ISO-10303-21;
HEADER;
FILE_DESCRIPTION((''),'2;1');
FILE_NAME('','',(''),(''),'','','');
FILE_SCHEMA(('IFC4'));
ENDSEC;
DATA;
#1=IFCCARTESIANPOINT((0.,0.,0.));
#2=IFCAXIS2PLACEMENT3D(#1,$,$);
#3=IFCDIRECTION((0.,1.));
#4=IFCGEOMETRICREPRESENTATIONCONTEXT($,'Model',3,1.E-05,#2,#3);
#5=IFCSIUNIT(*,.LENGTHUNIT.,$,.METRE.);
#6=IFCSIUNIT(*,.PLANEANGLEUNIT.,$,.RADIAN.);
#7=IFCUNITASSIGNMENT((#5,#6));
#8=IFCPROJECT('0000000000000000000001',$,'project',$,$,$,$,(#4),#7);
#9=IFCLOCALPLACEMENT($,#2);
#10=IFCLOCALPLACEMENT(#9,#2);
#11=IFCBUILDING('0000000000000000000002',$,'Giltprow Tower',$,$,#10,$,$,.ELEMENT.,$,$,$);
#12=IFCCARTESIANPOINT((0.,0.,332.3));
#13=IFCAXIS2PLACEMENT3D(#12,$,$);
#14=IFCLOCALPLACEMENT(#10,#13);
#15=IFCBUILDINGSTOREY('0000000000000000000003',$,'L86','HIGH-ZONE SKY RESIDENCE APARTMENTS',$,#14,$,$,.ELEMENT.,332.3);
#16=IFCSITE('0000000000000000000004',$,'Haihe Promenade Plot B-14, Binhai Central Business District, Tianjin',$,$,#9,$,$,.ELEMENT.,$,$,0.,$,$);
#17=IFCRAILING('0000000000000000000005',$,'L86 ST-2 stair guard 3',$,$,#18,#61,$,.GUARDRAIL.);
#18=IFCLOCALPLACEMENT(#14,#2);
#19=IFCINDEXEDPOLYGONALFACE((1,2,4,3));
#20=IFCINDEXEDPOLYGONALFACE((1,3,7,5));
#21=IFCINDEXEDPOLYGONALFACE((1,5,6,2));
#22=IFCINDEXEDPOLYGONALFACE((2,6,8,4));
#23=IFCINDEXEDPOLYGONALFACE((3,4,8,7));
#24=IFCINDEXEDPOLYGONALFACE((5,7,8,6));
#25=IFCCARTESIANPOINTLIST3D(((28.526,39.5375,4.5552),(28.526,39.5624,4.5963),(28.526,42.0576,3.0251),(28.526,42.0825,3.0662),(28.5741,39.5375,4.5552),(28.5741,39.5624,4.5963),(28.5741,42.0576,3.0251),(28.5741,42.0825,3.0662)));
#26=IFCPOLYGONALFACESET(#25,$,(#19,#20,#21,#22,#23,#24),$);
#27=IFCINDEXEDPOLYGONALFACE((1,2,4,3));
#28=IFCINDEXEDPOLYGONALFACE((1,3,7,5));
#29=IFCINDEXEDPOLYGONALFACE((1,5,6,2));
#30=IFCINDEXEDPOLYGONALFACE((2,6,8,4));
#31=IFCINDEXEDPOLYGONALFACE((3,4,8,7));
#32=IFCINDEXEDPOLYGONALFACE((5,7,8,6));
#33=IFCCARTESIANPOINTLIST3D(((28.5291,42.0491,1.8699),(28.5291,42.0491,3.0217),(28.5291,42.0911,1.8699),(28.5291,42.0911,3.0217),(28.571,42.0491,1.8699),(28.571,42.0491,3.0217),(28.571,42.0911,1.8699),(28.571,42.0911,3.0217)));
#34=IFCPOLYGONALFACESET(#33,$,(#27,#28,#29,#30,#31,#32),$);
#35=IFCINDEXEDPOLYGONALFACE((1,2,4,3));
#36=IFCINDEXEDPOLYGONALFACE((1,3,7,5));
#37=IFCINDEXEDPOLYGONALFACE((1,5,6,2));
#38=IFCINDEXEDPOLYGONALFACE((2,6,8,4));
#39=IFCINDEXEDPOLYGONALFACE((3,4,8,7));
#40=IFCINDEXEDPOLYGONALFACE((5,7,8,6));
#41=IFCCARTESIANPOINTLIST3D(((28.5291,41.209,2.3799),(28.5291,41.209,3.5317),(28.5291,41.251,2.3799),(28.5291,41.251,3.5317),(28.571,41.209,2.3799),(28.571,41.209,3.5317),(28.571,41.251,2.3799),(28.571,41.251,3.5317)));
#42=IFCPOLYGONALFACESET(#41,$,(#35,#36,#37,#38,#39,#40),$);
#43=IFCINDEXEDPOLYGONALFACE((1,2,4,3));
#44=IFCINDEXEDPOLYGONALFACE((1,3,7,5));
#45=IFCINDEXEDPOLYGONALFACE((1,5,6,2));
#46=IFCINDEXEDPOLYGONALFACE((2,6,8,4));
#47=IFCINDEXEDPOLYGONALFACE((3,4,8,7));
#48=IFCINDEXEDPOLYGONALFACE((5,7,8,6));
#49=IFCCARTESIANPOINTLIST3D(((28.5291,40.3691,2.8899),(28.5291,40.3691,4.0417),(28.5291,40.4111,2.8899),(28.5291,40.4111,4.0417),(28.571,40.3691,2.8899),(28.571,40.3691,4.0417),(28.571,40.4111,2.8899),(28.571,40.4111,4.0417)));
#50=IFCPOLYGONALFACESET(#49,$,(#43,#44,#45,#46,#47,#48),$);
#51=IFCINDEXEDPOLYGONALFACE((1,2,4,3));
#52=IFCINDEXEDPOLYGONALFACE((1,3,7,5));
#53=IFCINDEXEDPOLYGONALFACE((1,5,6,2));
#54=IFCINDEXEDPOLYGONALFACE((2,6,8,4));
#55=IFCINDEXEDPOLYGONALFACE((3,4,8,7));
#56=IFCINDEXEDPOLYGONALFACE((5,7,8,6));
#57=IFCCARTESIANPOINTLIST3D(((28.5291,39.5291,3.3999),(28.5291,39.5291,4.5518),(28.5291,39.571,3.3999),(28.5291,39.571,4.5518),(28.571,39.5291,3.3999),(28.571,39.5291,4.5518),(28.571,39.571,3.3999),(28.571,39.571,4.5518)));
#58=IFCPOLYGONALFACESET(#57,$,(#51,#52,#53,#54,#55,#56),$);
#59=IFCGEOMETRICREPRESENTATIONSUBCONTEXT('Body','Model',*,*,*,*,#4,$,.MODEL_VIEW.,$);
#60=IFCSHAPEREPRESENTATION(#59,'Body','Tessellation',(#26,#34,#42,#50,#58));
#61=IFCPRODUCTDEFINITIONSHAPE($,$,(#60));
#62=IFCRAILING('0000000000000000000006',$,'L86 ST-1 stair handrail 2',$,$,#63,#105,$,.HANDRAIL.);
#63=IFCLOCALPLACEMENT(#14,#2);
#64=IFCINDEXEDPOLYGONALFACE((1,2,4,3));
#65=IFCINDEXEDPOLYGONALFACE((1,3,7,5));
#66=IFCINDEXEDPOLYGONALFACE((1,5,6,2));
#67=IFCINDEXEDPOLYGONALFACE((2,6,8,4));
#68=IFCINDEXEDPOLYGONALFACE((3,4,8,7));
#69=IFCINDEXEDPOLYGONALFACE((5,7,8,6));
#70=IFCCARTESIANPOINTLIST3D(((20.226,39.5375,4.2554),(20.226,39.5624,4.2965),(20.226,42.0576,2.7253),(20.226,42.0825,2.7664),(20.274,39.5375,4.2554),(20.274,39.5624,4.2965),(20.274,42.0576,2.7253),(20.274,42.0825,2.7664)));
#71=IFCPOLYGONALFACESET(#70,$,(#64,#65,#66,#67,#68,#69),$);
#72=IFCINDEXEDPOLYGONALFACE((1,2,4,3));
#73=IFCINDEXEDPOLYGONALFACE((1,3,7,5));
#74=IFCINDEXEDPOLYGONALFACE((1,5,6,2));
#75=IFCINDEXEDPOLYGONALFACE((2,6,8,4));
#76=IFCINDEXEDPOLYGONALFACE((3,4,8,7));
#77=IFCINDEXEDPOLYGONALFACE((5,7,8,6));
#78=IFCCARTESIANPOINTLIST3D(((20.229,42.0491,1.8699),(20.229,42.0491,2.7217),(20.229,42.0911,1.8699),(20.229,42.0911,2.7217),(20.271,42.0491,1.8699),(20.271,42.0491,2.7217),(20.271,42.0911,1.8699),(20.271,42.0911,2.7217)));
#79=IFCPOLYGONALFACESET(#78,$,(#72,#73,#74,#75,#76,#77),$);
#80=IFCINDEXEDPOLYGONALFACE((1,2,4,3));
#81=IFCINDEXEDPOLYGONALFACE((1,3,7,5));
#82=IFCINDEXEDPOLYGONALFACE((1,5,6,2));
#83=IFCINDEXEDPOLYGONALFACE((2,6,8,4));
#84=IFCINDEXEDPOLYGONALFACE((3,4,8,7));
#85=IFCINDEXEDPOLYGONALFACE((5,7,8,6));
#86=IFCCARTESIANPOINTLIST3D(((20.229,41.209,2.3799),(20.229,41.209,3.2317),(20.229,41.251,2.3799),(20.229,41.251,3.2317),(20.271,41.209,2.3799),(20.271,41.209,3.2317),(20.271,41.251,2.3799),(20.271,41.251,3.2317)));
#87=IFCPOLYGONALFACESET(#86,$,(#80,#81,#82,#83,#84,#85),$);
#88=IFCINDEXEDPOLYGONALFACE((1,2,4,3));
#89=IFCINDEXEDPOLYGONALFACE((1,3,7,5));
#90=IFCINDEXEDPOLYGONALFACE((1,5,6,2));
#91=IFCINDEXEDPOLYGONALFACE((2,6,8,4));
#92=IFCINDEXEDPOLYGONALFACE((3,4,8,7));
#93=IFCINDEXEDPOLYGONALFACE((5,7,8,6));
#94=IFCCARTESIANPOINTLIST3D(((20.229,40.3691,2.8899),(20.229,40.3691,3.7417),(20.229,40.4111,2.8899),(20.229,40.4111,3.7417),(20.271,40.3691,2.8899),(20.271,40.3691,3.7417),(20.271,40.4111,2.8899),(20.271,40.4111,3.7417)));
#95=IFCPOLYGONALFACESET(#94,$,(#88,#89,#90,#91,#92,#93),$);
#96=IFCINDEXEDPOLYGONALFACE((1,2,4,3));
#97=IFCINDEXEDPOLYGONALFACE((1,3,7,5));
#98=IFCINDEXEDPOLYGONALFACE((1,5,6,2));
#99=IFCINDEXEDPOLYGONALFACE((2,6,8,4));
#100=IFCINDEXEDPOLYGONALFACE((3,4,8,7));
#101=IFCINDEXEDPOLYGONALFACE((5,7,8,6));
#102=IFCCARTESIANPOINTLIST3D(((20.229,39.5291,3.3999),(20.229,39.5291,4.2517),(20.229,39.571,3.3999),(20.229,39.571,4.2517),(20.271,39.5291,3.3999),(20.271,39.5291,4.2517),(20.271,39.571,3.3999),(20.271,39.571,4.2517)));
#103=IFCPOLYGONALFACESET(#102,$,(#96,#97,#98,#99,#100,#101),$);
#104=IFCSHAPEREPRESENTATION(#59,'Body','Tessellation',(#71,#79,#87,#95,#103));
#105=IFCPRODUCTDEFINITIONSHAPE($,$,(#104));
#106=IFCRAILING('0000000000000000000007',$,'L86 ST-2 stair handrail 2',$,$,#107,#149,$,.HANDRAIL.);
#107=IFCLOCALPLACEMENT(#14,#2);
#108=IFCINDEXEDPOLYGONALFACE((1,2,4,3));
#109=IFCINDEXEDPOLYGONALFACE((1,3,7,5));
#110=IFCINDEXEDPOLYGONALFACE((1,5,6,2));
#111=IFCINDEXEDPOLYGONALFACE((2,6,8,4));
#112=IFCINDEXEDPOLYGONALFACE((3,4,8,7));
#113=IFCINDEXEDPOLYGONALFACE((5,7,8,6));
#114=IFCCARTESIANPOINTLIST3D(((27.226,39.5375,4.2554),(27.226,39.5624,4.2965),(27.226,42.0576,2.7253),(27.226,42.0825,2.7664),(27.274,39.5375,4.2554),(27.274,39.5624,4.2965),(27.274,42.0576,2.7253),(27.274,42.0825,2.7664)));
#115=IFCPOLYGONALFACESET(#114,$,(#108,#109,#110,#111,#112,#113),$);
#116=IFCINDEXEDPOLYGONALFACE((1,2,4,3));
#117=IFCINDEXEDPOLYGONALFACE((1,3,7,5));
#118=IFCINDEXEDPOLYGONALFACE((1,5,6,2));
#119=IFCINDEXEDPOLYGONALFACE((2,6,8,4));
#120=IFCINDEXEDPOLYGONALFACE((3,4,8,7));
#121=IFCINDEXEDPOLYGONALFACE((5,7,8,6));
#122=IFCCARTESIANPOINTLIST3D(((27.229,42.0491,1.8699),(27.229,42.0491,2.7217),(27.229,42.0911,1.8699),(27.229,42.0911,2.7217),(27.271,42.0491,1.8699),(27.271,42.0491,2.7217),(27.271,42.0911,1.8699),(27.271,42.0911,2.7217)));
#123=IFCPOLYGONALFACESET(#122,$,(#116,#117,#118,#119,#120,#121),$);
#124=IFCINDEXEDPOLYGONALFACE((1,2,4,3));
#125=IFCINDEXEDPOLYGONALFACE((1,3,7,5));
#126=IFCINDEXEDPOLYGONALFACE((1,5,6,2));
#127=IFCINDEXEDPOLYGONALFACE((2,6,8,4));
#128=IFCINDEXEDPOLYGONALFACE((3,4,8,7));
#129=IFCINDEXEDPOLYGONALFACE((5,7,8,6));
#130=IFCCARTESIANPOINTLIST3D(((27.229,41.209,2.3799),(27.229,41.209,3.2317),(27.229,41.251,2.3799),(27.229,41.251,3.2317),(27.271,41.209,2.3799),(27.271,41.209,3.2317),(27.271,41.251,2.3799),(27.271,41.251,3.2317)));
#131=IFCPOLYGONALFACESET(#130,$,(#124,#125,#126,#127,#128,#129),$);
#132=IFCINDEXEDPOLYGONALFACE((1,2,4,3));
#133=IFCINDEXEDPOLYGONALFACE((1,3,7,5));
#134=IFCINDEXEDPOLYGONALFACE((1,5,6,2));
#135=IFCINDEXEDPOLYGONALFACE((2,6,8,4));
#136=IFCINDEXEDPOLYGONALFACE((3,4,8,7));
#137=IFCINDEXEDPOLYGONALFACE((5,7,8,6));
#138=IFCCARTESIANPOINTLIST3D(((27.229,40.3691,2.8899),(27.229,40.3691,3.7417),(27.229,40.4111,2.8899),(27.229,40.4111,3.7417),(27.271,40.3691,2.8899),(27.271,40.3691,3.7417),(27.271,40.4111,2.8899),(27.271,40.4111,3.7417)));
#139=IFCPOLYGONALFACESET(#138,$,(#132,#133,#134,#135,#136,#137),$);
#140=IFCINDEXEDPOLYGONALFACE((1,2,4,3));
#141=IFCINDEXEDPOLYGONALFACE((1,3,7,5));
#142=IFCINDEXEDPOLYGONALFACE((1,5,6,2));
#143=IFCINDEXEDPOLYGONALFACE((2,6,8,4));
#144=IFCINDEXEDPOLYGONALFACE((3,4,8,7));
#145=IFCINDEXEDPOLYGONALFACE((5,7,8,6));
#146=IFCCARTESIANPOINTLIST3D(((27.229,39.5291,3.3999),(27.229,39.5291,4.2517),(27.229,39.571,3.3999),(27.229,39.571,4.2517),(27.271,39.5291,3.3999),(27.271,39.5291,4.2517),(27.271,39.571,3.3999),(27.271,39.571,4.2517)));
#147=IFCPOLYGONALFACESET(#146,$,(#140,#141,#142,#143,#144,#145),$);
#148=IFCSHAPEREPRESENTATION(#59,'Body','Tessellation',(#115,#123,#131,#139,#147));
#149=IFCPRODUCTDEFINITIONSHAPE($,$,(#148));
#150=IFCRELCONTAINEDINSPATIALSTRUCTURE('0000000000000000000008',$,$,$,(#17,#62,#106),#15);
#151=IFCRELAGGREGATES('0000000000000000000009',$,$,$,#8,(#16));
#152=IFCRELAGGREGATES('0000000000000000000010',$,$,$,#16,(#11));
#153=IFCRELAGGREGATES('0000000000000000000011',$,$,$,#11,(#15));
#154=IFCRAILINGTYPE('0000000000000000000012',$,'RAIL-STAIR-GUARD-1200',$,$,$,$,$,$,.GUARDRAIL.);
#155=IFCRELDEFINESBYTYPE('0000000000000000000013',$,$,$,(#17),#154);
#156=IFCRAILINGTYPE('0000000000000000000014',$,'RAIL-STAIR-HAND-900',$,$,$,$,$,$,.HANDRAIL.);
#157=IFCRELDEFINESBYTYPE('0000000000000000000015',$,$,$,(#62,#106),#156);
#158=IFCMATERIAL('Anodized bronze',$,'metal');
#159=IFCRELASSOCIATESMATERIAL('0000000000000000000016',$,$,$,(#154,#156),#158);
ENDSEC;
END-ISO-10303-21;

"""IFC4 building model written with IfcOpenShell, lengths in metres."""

from ifc_helpers import new_model, si_unit, direction, frame, origin, origin_2d, place, context, subcontext, project, spatial, rectangle, extrude, material, type_object, element, save


model = new_model("IFC4")

# Units and contexts
model_context = context("Model", 3, precision=1e-05, world=origin(), true_north=direction((0.0, 1.0)))
body_context = subcontext(model_context, "Body", "Model", "MODEL_VIEW")
ifc_project = project(units=[si_unit("LENGTHUNIT", "METRE"), si_unit("PLANEANGLEUNIT", "RADIAN")], contexts=[model_context])

# Site, building, storey
site_placement = place(None, origin())
site = spatial("IfcSite", under=ifc_project, at=site_placement, Name="Haihe Promenade Plot B-14, Binhai Central Business District, Tianjin", CompositionType="ELEMENT", RefElevation=0.0)
building_placement = place(site_placement, origin())
building = spatial("IfcBuilding", under=site, at=building_placement, Name="Giltprow Tower", CompositionType="ELEMENT")
storey_placement = place(building_placement, frame((0.0, 0.0, 332.3)))
storey = spatial("IfcBuildingStorey", under=building, at=storey_placement, Name="L86", Description="HIGH-ZONE SKY RESIDENCE APARTMENTS", CompositionType="ELEMENT", Elevation=332.3)

# Railings
ifc_material_1 = material(Name="Anodized bronze", Category="metal")
railing_type_1 = type_object("IfcRailingType", Name="RAIL-STAIR-GUARD-1200", PredefinedType="GUARDRAIL", material=ifc_material_1)
railing_1_placement = place(storey_placement, frame((28.55, 42.0701, 1.8699)))
element("IfcRailing", 1, at=railing_1_placement, inside=storey, type_object=railing_type_1, Name="L86 ST-2 stair guard 3", PredefinedType="GUARDRAIL", context=body_context, shape_type="SweptSolid", body=[
    extrude(rectangle(XDim=0.0481, YDim=0.0481, at=origin_2d()), frame((0.0, 0.0, 1.1758), z_axis=(0.0, -0.854785, 0.518982), x_axis=(1.0, 0.0, 0.0)), (0.0, 0.0, 1.0), 2.9482),
    extrude(rectangle(XDim=0.042, YDim=0.042, at=origin_2d()), origin(), (0.0, 0.0, 1.0), 1.1519),
    extrude(rectangle(XDim=0.042, YDim=0.042, at=origin_2d()), frame((0.0, -0.8401, 0.51)), (0.0, 0.0, 1.0), 1.1519),
    extrude(rectangle(XDim=0.042, YDim=0.042, at=origin_2d()), frame((0.0, -1.6799, 1.02)), (0.0, 0.0, 1.0), 1.1519),
    extrude(rectangle(XDim=0.042, YDim=0.042, at=origin_2d()), frame((0.0, -2.52, 1.53)), (0.0, 0.0, 1.0), 1.1519),
])
railing_type_2 = type_object("IfcRailingType", Name="RAIL-STAIR-HAND-900", PredefinedType="HANDRAIL", material=ifc_material_1)
for number, where, name in (
    (2, (20.25, 42.0701, 1.8699), "L86 ST-1 stair handrail 2"),
    (3, (27.25, 42.0701, 1.8699), "L86 ST-2 stair handrail 2"),
):
    element("IfcRailing", number, at=place(storey_placement, frame(where)), inside=storey, type_object=railing_type_2, Name=name, PredefinedType="HANDRAIL", context=body_context, shape_type="SweptSolid", body=[
        extrude(rectangle(XDim=0.0481, YDim=0.0481, at=origin_2d()), frame((0.0, 0.0, 0.876), z_axis=(0.0, -0.854785, 0.518982), x_axis=(1.0, 0.0, 0.0)), (0.0, 0.0, 1.0), 2.9482),
        extrude(rectangle(XDim=0.042, YDim=0.042, at=origin_2d()), origin(), (0.0, 0.0, 1.0), 0.8518),
        extrude(rectangle(XDim=0.042, YDim=0.042, at=origin_2d()), frame((0.0, -0.8401, 0.51)), (0.0, 0.0, 1.0), 0.8518),
        extrude(rectangle(XDim=0.042, YDim=0.042, at=origin_2d()), frame((0.0, -1.6799, 1.02)), (0.0, 0.0, 1.0), 0.8518),
        extrude(rectangle(XDim=0.042, YDim=0.042, at=origin_2d()), frame((0.0, -2.52, 1.53)), (0.0, 0.0, 1.0), 0.8518),
    ])

save(model, "model.ifc")
